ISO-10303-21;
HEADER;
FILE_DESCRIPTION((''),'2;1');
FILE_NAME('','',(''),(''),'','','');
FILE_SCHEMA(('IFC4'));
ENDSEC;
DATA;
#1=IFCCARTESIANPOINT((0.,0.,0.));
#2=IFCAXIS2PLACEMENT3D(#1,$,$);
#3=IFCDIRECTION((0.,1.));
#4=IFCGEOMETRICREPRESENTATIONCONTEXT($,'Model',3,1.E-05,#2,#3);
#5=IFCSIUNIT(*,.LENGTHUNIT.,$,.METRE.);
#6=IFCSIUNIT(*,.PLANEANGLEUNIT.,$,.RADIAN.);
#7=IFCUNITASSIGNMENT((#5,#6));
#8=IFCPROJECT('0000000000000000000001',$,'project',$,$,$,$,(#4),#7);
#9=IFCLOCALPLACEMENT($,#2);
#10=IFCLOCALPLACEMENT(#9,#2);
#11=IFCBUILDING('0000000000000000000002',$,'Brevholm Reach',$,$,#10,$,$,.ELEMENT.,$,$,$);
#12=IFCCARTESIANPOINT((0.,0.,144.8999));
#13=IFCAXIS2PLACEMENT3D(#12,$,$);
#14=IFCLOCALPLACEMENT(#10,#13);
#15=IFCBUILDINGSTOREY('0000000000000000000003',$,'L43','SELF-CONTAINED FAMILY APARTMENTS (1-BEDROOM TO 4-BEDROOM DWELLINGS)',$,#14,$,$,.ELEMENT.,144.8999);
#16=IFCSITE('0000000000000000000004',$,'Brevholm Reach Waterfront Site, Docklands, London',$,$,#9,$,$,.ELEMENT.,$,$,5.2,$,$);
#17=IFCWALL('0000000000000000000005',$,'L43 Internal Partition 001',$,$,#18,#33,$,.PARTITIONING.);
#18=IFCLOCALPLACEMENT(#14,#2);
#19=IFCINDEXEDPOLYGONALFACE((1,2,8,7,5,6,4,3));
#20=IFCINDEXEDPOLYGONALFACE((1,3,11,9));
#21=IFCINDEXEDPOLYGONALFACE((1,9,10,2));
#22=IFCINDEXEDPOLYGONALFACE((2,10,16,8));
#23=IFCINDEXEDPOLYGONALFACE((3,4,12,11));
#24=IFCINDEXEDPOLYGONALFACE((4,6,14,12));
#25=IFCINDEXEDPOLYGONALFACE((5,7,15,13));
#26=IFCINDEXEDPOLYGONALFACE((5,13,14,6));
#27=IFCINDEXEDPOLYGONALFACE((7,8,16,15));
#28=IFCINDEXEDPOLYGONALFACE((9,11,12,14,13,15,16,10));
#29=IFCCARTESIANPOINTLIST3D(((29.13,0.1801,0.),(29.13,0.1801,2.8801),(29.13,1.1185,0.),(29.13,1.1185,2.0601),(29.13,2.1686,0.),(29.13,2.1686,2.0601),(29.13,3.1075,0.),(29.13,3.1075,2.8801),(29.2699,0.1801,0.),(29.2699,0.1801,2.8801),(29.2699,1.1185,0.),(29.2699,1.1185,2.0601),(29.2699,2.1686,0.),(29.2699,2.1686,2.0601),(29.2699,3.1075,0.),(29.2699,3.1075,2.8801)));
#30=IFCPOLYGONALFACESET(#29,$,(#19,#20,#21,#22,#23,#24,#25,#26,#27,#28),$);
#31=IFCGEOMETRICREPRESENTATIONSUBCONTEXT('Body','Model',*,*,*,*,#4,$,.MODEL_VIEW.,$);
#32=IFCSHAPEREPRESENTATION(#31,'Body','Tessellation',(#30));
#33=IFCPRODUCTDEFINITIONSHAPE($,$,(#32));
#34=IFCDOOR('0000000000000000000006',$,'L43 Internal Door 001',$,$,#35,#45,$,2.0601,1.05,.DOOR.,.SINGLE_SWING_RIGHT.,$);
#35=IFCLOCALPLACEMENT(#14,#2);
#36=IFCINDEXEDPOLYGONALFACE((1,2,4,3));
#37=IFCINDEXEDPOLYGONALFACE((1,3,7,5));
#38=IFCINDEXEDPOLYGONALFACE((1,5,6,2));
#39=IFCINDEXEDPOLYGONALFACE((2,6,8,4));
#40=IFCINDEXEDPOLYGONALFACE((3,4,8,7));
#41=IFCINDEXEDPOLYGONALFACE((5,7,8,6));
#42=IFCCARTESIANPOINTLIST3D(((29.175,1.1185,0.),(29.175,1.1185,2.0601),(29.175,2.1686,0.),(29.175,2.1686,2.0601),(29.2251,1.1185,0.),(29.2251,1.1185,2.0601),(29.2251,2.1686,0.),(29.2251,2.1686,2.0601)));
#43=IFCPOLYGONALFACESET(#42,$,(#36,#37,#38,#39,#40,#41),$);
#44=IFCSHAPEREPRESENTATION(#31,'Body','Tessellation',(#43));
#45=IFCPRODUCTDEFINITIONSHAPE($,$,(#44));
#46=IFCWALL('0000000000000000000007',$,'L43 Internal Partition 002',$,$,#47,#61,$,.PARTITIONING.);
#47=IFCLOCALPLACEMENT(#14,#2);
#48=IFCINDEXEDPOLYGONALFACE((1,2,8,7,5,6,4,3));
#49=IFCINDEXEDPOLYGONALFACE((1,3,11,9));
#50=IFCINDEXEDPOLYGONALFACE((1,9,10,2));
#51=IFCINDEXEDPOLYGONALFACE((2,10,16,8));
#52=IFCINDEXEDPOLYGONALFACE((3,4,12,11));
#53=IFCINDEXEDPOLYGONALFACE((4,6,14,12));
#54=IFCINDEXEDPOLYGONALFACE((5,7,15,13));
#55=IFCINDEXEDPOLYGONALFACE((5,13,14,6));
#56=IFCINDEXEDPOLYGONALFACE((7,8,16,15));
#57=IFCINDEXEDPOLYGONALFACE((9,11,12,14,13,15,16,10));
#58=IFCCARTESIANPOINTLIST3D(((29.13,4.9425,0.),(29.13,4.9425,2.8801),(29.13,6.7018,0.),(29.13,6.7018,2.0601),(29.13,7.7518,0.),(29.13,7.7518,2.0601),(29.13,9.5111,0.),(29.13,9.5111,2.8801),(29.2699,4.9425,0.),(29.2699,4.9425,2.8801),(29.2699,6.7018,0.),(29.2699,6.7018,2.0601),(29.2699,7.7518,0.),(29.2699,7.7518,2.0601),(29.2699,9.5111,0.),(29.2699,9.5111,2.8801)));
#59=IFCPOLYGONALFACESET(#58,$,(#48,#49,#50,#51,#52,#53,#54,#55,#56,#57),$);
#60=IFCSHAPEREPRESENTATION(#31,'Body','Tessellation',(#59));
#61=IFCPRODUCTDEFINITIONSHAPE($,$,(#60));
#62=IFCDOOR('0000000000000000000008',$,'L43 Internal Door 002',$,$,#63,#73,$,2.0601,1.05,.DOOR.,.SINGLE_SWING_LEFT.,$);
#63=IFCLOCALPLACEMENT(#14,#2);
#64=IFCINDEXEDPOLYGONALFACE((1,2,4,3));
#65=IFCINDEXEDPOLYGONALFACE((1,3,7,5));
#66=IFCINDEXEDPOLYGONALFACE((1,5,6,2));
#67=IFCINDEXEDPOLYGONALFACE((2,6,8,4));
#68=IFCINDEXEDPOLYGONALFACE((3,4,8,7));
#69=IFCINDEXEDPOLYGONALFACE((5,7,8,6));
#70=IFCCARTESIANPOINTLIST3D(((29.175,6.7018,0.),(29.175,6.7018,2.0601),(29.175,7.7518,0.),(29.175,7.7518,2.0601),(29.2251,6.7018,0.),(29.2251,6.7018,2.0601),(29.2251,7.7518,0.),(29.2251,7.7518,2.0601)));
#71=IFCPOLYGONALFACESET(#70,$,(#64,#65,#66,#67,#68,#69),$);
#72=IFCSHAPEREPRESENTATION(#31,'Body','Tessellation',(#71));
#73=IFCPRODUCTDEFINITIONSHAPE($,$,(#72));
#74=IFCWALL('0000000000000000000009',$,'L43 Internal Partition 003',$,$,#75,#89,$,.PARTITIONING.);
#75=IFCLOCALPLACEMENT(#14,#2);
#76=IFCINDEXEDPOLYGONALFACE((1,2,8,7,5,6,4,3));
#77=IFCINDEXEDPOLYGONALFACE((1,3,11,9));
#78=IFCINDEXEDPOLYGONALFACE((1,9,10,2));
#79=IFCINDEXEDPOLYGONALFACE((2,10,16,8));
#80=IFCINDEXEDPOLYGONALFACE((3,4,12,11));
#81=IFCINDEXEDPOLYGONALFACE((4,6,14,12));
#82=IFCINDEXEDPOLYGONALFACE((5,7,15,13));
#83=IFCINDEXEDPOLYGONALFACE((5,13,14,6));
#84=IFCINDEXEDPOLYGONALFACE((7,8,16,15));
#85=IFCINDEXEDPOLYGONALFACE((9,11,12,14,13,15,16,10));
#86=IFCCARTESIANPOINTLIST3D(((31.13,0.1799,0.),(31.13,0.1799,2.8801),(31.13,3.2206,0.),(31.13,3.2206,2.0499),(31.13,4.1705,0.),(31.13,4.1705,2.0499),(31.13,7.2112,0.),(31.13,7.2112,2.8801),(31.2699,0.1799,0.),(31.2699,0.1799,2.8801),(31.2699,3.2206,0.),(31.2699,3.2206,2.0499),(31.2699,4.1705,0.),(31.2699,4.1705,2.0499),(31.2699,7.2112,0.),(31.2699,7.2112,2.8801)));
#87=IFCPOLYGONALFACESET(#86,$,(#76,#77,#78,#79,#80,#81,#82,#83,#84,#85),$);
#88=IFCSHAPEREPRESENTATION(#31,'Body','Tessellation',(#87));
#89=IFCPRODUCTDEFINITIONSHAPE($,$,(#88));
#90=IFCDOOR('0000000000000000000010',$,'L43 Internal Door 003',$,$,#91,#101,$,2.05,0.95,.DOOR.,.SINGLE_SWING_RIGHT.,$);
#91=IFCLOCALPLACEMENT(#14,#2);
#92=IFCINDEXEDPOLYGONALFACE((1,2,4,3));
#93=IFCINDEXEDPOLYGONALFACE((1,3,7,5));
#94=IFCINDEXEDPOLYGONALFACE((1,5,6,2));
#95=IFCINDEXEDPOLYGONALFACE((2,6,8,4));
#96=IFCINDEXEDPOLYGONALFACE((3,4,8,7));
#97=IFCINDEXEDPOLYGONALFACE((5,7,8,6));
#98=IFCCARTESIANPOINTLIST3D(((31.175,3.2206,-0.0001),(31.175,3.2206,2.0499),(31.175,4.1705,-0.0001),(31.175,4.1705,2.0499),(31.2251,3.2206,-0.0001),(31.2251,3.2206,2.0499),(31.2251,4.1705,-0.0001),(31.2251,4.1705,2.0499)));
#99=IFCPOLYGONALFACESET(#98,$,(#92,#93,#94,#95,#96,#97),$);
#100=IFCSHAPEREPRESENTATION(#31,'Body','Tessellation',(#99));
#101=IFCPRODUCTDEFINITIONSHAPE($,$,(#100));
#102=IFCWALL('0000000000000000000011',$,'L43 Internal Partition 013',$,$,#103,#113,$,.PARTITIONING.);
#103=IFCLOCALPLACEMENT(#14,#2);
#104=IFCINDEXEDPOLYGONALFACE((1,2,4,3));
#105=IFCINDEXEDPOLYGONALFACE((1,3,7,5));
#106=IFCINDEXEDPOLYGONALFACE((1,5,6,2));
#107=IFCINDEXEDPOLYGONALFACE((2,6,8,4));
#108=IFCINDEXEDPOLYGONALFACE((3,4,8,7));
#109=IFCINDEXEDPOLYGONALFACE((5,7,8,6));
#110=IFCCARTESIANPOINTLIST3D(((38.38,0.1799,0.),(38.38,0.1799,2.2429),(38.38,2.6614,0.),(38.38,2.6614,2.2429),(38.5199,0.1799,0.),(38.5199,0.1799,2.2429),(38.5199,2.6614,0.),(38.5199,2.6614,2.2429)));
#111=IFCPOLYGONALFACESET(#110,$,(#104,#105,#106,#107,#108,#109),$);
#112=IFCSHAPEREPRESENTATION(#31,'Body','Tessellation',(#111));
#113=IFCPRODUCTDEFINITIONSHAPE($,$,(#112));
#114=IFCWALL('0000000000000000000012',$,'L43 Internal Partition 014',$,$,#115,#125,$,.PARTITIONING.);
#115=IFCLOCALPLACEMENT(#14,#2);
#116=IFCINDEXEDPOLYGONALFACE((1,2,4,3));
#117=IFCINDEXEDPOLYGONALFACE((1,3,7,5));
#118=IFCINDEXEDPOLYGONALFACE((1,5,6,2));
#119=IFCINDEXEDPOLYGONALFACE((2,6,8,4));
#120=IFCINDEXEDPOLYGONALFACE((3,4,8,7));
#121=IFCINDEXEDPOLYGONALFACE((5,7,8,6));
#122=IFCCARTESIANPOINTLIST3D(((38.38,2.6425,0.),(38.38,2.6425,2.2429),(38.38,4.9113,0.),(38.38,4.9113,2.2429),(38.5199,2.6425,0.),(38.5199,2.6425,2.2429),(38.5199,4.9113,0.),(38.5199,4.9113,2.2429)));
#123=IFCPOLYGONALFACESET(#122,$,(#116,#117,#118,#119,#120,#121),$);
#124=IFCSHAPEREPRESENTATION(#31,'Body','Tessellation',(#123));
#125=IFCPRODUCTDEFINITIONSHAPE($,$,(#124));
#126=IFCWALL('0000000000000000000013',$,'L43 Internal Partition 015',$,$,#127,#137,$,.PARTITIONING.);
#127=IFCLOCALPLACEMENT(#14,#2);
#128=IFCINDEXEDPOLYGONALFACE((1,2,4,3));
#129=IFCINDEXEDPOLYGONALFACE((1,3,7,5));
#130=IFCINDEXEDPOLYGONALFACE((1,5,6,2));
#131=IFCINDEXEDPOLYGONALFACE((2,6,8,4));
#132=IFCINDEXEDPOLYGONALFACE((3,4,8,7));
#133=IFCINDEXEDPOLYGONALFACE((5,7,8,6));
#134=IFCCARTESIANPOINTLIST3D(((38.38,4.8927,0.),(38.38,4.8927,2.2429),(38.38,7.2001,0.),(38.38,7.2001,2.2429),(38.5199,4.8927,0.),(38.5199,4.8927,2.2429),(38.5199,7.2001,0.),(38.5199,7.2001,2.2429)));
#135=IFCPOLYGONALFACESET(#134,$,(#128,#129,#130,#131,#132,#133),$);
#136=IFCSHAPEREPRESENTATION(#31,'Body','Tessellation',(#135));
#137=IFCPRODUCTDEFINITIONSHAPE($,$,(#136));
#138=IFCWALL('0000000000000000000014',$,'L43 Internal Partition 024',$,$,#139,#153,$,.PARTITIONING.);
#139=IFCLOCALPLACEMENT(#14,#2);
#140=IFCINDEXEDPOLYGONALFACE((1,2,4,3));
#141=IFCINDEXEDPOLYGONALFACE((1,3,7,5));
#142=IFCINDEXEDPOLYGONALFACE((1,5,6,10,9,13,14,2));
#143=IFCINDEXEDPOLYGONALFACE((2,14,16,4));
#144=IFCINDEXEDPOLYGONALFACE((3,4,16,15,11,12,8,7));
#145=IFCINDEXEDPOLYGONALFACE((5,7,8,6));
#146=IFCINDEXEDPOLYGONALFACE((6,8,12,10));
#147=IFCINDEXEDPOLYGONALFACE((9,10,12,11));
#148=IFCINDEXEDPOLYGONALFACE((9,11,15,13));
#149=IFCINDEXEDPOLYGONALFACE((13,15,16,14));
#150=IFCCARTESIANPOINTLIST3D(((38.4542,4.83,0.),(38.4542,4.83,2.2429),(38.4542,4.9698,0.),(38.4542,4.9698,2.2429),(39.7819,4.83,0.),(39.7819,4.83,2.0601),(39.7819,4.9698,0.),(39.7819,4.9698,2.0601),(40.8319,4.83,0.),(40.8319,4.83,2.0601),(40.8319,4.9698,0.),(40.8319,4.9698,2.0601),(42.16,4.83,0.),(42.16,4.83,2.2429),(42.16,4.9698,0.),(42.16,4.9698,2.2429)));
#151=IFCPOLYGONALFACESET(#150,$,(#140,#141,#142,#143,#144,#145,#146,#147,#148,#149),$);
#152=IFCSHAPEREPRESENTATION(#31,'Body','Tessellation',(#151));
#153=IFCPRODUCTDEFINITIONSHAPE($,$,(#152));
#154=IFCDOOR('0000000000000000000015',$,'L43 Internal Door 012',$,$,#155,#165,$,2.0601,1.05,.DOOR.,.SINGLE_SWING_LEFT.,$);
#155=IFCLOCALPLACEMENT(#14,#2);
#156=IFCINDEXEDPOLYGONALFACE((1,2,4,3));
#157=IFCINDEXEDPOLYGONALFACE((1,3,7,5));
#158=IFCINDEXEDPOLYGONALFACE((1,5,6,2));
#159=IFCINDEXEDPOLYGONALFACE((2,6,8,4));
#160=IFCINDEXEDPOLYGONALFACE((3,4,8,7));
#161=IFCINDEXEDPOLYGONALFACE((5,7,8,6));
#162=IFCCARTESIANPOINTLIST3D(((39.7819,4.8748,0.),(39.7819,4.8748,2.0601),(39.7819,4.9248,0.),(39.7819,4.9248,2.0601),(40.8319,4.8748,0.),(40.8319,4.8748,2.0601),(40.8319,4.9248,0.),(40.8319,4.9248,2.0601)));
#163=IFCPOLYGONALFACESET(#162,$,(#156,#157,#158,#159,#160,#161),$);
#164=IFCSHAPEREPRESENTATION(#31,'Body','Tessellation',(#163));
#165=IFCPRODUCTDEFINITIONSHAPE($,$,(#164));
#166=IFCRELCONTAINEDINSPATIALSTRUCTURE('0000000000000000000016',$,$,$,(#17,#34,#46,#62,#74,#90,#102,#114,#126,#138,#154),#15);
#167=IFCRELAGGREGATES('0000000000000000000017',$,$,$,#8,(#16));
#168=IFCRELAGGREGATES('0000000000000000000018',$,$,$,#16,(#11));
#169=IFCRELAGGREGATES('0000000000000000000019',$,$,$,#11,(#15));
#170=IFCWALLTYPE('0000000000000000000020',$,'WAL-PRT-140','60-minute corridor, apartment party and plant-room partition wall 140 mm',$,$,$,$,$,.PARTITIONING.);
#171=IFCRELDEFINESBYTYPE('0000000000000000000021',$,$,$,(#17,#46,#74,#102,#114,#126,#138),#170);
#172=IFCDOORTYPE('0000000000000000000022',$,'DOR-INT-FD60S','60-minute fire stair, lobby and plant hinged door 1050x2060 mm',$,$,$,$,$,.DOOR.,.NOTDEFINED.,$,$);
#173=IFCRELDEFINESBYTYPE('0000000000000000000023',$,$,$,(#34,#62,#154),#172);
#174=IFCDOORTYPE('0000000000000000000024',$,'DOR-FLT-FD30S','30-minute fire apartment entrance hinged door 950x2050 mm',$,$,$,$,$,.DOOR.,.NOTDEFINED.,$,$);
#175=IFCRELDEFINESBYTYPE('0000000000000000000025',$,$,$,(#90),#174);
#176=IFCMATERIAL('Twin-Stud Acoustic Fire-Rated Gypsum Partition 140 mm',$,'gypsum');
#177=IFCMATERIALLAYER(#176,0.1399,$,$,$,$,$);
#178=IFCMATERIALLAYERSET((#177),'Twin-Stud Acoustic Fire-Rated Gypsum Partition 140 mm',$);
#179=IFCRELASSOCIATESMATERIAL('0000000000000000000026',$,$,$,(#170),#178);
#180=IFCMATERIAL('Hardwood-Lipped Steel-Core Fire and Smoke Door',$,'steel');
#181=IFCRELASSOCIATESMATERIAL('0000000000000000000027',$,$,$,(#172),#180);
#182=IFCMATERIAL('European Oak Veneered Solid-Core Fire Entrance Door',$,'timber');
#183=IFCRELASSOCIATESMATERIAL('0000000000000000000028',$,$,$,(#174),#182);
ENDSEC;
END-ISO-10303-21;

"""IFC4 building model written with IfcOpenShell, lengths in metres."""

from ifc_helpers import new_model, si_unit, direction, frame, frame_2d, origin, place, context, subcontext, project, spatial, rectangle, extrude, material, layer, layer_set, type_object, element, fill, save


model = new_model("IFC4")

# Units and contexts
model_context = context("Model", 3, precision=1e-05, world=origin(), true_north=direction((0.0, 1.0)))
body_context = subcontext(model_context, "Body", "Model", "MODEL_VIEW")
ifc_project = project(units=[si_unit("LENGTHUNIT", "METRE"), si_unit("PLANEANGLEUNIT", "RADIAN")], contexts=[model_context])

# Site, building, storey
site_placement = place(None, origin())
site = spatial("IfcSite", under=ifc_project, at=site_placement, Name="Brevholm Reach Waterfront Site, Docklands, London", CompositionType="ELEMENT", RefElevation=5.2)
building_placement = place(site_placement, origin())
building = spatial("IfcBuilding", under=site, at=building_placement, Name="Brevholm Reach", CompositionType="ELEMENT")
storey_placement = place(building_placement, frame((0.0, 0.0, 144.8999)))
storey = spatial("IfcBuildingStorey", under=building, at=storey_placement, Name="L43", Description="SELF-CONTAINED FAMILY APARTMENTS (1-BEDROOM TO 4-BEDROOM DWELLINGS)", CompositionType="ELEMENT", Elevation=144.8999)

# Walls, openings, doors
ifc_material_1 = material(Name="Twin-Stud Acoustic Fire-Rated Gypsum Partition 140 mm", Category="gypsum")
ifc_layer = layer(ifc_material_1, 0.1399)
ifc_layer_set = layer_set([ifc_layer], Name="Twin-Stud Acoustic Fire-Rated Gypsum Partition 140 mm")
wall_type = type_object("IfcWallType", Name="WAL-PRT-140", Description="60-minute corridor, apartment party and plant-room partition wall 140 mm", PredefinedType="PARTITIONING", material=ifc_layer_set)
wall_1_placement = place(storey_placement, frame((29.2, 0.1799, 0.0), z_axis=(0.0, 0.0, 1.0), x_axis=(0.0, 1.0, 0.0)))
wall_1 = element("IfcWall", 1, at=wall_1_placement, inside=storey, type_object=wall_type, Name="L43 Internal Partition 001", PredefinedType="PARTITIONING", context=body_context, shape_type="SweptSolid", body=[
    extrude(rectangle(XDim=2.9275, YDim=0.1399, at=frame_2d((1.4639, 0.0))), origin(), (0.0, 0.0, 1.0), 2.8801),
])
opening_1_placement = place(wall_1_placement, frame((0.9387, 0.0, 0.0)))
opening_1 = element("IfcOpeningElement", 2, at=opening_1_placement, cuts=wall_1, PredefinedType="OPENING", context=body_context, shape_type="SweptSolid", body=[
    extrude(rectangle(XDim=1.05, YDim=2.0601, at=frame_2d((0.5249, 1.03))), frame((0.0, 0.0798, 0.0), z_axis=(0.0, -1.0, 0.0), x_axis=(1.0, 0.0, 0.0)), (0.0, 0.0, 1.0), 0.1599),
])
ifc_material_2 = material(Name="Hardwood-Lipped Steel-Core Fire and Smoke Door", Category="steel")
door_type_1 = type_object("IfcDoorType", Name="DOR-INT-FD60S", Description="60-minute fire stair, lobby and plant hinged door 1050x2060 mm", OperationType="NOTDEFINED", PredefinedType="DOOR", material=ifc_material_2)
door_1_placement = place(opening_1_placement, origin())
door_1 = element("IfcDoor", 3, at=door_1_placement, inside=storey, type_object=door_type_1, Name="L43 Internal Door 001", OperationType="SINGLE_SWING_RIGHT", OverallHeight=2.0601, OverallWidth=1.05, PredefinedType="DOOR", context=body_context, shape_type="SweptSolid", body=[
    extrude(rectangle(XDim=1.05, YDim=2.0601, at=frame_2d((0.5249, 1.03))), frame((0.0, 0.0249, 0.0), z_axis=(0.0, -1.0, 0.0), x_axis=(1.0, 0.0, 0.0)), (0.0, 0.0, 1.0), 0.05),
])
fill(opening_1, door_1)
wall_2_placement = place(storey_placement, frame((29.2, 4.9426, 0.0), z_axis=(0.0, 0.0, 1.0), x_axis=(0.0, 1.0, 0.0)))
wall_2 = element("IfcWall", 4, at=wall_2_placement, inside=storey, type_object=wall_type, Name="L43 Internal Partition 002", PredefinedType="PARTITIONING", context=body_context, shape_type="SweptSolid", body=[
    extrude(rectangle(XDim=4.5686, YDim=0.1399, at=frame_2d((2.2842, 0.0))), origin(), (0.0, 0.0, 1.0), 2.8801),
])
opening_2_placement = place(wall_2_placement, frame((1.7593, 0.0, 0.0)))
opening_2 = element("IfcOpeningElement", 5, at=opening_2_placement, cuts=wall_2, PredefinedType="OPENING", context=body_context, shape_type="SweptSolid", body=[
    extrude(rectangle(XDim=1.05, YDim=2.0601, at=frame_2d((0.5249, 1.03))), frame((0.0, 0.0798, 0.0), z_axis=(0.0, -1.0, 0.0), x_axis=(1.0, 0.0, 0.0)), (0.0, 0.0, 1.0), 0.1599),
])
door_2_placement = place(opening_2_placement, origin())
door_2 = element("IfcDoor", 6, at=door_2_placement, inside=storey, type_object=door_type_1, Name="L43 Internal Door 002", OperationType="SINGLE_SWING_LEFT", OverallHeight=2.0601, OverallWidth=1.05, PredefinedType="DOOR", context=body_context, shape_type="SweptSolid", body=[
    extrude(rectangle(XDim=1.05, YDim=2.0601, at=frame_2d((0.5249, 1.03))), frame((0.0, 0.0249, 0.0), z_axis=(0.0, -1.0, 0.0), x_axis=(1.0, 0.0, 0.0)), (0.0, 0.0, 1.0), 0.05),
])
fill(opening_2, door_2)
wall_3_placement = place(storey_placement, frame((31.2, 0.1799, 0.0), z_axis=(0.0, 0.0, 1.0), x_axis=(0.0, 1.0, 0.0)))
wall_3 = element("IfcWall", 7, at=wall_3_placement, inside=storey, type_object=wall_type, Name="L43 Internal Partition 003", PredefinedType="PARTITIONING", context=body_context, shape_type="SweptSolid", body=[
    extrude(rectangle(XDim=7.0312, YDim=0.1399, at=frame_2d((3.5156, 0.0))), origin(), (0.0, 0.0, 1.0), 2.8801),
])
opening_3_placement = place(wall_3_placement, frame((3.0405, 0.0, 0.0)))
opening_3 = element("IfcOpeningElement", 8, at=opening_3_placement, cuts=wall_3, PredefinedType="OPENING", context=body_context, shape_type="SweptSolid", body=[
    extrude(rectangle(XDim=0.95, YDim=2.05, at=frame_2d((0.4751, 1.0249))), frame((0.0, 0.0798, 0.0), z_axis=(0.0, -1.0, 0.0), x_axis=(1.0, 0.0, 0.0)), (0.0, 0.0, 1.0), 0.1599),
])
ifc_material_3 = material(Name="European Oak Veneered Solid-Core Fire Entrance Door", Category="timber")
door_type_2 = type_object("IfcDoorType", Name="DOR-FLT-FD30S", Description="30-minute fire apartment entrance hinged door 950x2050 mm", OperationType="NOTDEFINED", PredefinedType="DOOR", material=ifc_material_3)
door_3_placement = place(opening_3_placement, origin())
door_3 = element("IfcDoor", 9, at=door_3_placement, inside=storey, type_object=door_type_2, Name="L43 Internal Door 003", OperationType="SINGLE_SWING_RIGHT", OverallHeight=2.05, OverallWidth=0.95, PredefinedType="DOOR", context=body_context, shape_type="SweptSolid", body=[
    extrude(rectangle(XDim=0.95, YDim=2.05, at=frame_2d((0.4751, 1.0249))), frame((0.0, 0.0249, 0.0), z_axis=(0.0, -1.0, 0.0), x_axis=(1.0, 0.0, 0.0)), (0.0, 0.0, 1.0), 0.05),
])
fill(opening_3, door_3)

# Walls
wall_4_placement = place(storey_placement, frame((38.45, 0.1799, 0.0), z_axis=(0.0, 0.0, 1.0), x_axis=(0.0, 1.0, 0.0)))
element("IfcWall", 10, at=wall_4_placement, inside=storey, type_object=wall_type, Name="L43 Internal Partition 013", PredefinedType="PARTITIONING", context=body_context, shape_type="SweptSolid", body=[
    extrude(rectangle(XDim=2.4814, YDim=0.1399, at=frame_2d((1.2407, 0.0))), origin(), (0.0, 0.0, 1.0), 2.2429),
])
wall_5_placement = place(storey_placement, frame((38.45, 2.6426, 0.0), z_axis=(0.0, 0.0, 1.0), x_axis=(0.0, 1.0, 0.0)))
element("IfcWall", 11, at=wall_5_placement, inside=storey, type_object=wall_type, Name="L43 Internal Partition 014", PredefinedType="PARTITIONING", context=body_context, shape_type="SweptSolid", body=[
    extrude(rectangle(XDim=2.2688, YDim=0.1399, at=frame_2d((1.1343, 0.0))), origin(), (0.0, 0.0, 1.0), 2.2429),
])
wall_6_placement = place(storey_placement, frame((38.45, 4.8926, 0.0), z_axis=(0.0, 0.0, 1.0), x_axis=(0.0, 1.0, 0.0)))
element("IfcWall", 12, at=wall_6_placement, inside=storey, type_object=wall_type, Name="L43 Internal Partition 015", PredefinedType="PARTITIONING", context=body_context, shape_type="SweptSolid", body=[
    extrude(rectangle(XDim=2.3074, YDim=0.1399, at=frame_2d((1.1538, 0.0))), origin(), (0.0, 0.0, 1.0), 2.2429),
])

# Wall, opening, door
wall_7_placement = place(storey_placement, frame((38.4541, 4.8999, 0.0), z_axis=(0.0, 0.0, 1.0), x_axis=(1.0, 0.0, 0.0)))
wall_7 = element("IfcWall", 13, at=wall_7_placement, inside=storey, type_object=wall_type, Name="L43 Internal Partition 024", PredefinedType="PARTITIONING", context=body_context, shape_type="SweptSolid", body=[
    extrude(rectangle(XDim=3.7058, YDim=0.1399, at=frame_2d((1.853, 0.0))), origin(), (0.0, 0.0, 1.0), 2.2429),
])
opening_4_placement = place(wall_7_placement, frame((1.3279, 0.0, 0.0)))
opening_4 = element("IfcOpeningElement", 14, at=opening_4_placement, cuts=wall_7, PredefinedType="OPENING", context=body_context, shape_type="SweptSolid", body=[
    extrude(rectangle(XDim=1.05, YDim=2.0601, at=frame_2d((0.5249, 1.03))), frame((0.0, 0.0798, 0.0), z_axis=(0.0, -1.0, 0.0), x_axis=(1.0, 0.0, 0.0)), (0.0, 0.0, 1.0), 0.1599),
])
door_4_placement = place(opening_4_placement, origin())
door_4 = element("IfcDoor", 15, at=door_4_placement, inside=storey, type_object=door_type_1, Name="L43 Internal Door 012", OperationType="SINGLE_SWING_LEFT", OverallHeight=2.0601, OverallWidth=1.05, PredefinedType="DOOR", context=body_context, shape_type="SweptSolid", body=[
    extrude(rectangle(XDim=1.05, YDim=2.0601, at=frame_2d((0.5249, 1.03))), frame((0.0, 0.0249, 0.0), z_axis=(0.0, -1.0, 0.0), x_axis=(1.0, 0.0, 0.0)), (0.0, 0.0, 1.0), 0.05),
])
fill(opening_4, door_4)

save(model, "model.ifc")
